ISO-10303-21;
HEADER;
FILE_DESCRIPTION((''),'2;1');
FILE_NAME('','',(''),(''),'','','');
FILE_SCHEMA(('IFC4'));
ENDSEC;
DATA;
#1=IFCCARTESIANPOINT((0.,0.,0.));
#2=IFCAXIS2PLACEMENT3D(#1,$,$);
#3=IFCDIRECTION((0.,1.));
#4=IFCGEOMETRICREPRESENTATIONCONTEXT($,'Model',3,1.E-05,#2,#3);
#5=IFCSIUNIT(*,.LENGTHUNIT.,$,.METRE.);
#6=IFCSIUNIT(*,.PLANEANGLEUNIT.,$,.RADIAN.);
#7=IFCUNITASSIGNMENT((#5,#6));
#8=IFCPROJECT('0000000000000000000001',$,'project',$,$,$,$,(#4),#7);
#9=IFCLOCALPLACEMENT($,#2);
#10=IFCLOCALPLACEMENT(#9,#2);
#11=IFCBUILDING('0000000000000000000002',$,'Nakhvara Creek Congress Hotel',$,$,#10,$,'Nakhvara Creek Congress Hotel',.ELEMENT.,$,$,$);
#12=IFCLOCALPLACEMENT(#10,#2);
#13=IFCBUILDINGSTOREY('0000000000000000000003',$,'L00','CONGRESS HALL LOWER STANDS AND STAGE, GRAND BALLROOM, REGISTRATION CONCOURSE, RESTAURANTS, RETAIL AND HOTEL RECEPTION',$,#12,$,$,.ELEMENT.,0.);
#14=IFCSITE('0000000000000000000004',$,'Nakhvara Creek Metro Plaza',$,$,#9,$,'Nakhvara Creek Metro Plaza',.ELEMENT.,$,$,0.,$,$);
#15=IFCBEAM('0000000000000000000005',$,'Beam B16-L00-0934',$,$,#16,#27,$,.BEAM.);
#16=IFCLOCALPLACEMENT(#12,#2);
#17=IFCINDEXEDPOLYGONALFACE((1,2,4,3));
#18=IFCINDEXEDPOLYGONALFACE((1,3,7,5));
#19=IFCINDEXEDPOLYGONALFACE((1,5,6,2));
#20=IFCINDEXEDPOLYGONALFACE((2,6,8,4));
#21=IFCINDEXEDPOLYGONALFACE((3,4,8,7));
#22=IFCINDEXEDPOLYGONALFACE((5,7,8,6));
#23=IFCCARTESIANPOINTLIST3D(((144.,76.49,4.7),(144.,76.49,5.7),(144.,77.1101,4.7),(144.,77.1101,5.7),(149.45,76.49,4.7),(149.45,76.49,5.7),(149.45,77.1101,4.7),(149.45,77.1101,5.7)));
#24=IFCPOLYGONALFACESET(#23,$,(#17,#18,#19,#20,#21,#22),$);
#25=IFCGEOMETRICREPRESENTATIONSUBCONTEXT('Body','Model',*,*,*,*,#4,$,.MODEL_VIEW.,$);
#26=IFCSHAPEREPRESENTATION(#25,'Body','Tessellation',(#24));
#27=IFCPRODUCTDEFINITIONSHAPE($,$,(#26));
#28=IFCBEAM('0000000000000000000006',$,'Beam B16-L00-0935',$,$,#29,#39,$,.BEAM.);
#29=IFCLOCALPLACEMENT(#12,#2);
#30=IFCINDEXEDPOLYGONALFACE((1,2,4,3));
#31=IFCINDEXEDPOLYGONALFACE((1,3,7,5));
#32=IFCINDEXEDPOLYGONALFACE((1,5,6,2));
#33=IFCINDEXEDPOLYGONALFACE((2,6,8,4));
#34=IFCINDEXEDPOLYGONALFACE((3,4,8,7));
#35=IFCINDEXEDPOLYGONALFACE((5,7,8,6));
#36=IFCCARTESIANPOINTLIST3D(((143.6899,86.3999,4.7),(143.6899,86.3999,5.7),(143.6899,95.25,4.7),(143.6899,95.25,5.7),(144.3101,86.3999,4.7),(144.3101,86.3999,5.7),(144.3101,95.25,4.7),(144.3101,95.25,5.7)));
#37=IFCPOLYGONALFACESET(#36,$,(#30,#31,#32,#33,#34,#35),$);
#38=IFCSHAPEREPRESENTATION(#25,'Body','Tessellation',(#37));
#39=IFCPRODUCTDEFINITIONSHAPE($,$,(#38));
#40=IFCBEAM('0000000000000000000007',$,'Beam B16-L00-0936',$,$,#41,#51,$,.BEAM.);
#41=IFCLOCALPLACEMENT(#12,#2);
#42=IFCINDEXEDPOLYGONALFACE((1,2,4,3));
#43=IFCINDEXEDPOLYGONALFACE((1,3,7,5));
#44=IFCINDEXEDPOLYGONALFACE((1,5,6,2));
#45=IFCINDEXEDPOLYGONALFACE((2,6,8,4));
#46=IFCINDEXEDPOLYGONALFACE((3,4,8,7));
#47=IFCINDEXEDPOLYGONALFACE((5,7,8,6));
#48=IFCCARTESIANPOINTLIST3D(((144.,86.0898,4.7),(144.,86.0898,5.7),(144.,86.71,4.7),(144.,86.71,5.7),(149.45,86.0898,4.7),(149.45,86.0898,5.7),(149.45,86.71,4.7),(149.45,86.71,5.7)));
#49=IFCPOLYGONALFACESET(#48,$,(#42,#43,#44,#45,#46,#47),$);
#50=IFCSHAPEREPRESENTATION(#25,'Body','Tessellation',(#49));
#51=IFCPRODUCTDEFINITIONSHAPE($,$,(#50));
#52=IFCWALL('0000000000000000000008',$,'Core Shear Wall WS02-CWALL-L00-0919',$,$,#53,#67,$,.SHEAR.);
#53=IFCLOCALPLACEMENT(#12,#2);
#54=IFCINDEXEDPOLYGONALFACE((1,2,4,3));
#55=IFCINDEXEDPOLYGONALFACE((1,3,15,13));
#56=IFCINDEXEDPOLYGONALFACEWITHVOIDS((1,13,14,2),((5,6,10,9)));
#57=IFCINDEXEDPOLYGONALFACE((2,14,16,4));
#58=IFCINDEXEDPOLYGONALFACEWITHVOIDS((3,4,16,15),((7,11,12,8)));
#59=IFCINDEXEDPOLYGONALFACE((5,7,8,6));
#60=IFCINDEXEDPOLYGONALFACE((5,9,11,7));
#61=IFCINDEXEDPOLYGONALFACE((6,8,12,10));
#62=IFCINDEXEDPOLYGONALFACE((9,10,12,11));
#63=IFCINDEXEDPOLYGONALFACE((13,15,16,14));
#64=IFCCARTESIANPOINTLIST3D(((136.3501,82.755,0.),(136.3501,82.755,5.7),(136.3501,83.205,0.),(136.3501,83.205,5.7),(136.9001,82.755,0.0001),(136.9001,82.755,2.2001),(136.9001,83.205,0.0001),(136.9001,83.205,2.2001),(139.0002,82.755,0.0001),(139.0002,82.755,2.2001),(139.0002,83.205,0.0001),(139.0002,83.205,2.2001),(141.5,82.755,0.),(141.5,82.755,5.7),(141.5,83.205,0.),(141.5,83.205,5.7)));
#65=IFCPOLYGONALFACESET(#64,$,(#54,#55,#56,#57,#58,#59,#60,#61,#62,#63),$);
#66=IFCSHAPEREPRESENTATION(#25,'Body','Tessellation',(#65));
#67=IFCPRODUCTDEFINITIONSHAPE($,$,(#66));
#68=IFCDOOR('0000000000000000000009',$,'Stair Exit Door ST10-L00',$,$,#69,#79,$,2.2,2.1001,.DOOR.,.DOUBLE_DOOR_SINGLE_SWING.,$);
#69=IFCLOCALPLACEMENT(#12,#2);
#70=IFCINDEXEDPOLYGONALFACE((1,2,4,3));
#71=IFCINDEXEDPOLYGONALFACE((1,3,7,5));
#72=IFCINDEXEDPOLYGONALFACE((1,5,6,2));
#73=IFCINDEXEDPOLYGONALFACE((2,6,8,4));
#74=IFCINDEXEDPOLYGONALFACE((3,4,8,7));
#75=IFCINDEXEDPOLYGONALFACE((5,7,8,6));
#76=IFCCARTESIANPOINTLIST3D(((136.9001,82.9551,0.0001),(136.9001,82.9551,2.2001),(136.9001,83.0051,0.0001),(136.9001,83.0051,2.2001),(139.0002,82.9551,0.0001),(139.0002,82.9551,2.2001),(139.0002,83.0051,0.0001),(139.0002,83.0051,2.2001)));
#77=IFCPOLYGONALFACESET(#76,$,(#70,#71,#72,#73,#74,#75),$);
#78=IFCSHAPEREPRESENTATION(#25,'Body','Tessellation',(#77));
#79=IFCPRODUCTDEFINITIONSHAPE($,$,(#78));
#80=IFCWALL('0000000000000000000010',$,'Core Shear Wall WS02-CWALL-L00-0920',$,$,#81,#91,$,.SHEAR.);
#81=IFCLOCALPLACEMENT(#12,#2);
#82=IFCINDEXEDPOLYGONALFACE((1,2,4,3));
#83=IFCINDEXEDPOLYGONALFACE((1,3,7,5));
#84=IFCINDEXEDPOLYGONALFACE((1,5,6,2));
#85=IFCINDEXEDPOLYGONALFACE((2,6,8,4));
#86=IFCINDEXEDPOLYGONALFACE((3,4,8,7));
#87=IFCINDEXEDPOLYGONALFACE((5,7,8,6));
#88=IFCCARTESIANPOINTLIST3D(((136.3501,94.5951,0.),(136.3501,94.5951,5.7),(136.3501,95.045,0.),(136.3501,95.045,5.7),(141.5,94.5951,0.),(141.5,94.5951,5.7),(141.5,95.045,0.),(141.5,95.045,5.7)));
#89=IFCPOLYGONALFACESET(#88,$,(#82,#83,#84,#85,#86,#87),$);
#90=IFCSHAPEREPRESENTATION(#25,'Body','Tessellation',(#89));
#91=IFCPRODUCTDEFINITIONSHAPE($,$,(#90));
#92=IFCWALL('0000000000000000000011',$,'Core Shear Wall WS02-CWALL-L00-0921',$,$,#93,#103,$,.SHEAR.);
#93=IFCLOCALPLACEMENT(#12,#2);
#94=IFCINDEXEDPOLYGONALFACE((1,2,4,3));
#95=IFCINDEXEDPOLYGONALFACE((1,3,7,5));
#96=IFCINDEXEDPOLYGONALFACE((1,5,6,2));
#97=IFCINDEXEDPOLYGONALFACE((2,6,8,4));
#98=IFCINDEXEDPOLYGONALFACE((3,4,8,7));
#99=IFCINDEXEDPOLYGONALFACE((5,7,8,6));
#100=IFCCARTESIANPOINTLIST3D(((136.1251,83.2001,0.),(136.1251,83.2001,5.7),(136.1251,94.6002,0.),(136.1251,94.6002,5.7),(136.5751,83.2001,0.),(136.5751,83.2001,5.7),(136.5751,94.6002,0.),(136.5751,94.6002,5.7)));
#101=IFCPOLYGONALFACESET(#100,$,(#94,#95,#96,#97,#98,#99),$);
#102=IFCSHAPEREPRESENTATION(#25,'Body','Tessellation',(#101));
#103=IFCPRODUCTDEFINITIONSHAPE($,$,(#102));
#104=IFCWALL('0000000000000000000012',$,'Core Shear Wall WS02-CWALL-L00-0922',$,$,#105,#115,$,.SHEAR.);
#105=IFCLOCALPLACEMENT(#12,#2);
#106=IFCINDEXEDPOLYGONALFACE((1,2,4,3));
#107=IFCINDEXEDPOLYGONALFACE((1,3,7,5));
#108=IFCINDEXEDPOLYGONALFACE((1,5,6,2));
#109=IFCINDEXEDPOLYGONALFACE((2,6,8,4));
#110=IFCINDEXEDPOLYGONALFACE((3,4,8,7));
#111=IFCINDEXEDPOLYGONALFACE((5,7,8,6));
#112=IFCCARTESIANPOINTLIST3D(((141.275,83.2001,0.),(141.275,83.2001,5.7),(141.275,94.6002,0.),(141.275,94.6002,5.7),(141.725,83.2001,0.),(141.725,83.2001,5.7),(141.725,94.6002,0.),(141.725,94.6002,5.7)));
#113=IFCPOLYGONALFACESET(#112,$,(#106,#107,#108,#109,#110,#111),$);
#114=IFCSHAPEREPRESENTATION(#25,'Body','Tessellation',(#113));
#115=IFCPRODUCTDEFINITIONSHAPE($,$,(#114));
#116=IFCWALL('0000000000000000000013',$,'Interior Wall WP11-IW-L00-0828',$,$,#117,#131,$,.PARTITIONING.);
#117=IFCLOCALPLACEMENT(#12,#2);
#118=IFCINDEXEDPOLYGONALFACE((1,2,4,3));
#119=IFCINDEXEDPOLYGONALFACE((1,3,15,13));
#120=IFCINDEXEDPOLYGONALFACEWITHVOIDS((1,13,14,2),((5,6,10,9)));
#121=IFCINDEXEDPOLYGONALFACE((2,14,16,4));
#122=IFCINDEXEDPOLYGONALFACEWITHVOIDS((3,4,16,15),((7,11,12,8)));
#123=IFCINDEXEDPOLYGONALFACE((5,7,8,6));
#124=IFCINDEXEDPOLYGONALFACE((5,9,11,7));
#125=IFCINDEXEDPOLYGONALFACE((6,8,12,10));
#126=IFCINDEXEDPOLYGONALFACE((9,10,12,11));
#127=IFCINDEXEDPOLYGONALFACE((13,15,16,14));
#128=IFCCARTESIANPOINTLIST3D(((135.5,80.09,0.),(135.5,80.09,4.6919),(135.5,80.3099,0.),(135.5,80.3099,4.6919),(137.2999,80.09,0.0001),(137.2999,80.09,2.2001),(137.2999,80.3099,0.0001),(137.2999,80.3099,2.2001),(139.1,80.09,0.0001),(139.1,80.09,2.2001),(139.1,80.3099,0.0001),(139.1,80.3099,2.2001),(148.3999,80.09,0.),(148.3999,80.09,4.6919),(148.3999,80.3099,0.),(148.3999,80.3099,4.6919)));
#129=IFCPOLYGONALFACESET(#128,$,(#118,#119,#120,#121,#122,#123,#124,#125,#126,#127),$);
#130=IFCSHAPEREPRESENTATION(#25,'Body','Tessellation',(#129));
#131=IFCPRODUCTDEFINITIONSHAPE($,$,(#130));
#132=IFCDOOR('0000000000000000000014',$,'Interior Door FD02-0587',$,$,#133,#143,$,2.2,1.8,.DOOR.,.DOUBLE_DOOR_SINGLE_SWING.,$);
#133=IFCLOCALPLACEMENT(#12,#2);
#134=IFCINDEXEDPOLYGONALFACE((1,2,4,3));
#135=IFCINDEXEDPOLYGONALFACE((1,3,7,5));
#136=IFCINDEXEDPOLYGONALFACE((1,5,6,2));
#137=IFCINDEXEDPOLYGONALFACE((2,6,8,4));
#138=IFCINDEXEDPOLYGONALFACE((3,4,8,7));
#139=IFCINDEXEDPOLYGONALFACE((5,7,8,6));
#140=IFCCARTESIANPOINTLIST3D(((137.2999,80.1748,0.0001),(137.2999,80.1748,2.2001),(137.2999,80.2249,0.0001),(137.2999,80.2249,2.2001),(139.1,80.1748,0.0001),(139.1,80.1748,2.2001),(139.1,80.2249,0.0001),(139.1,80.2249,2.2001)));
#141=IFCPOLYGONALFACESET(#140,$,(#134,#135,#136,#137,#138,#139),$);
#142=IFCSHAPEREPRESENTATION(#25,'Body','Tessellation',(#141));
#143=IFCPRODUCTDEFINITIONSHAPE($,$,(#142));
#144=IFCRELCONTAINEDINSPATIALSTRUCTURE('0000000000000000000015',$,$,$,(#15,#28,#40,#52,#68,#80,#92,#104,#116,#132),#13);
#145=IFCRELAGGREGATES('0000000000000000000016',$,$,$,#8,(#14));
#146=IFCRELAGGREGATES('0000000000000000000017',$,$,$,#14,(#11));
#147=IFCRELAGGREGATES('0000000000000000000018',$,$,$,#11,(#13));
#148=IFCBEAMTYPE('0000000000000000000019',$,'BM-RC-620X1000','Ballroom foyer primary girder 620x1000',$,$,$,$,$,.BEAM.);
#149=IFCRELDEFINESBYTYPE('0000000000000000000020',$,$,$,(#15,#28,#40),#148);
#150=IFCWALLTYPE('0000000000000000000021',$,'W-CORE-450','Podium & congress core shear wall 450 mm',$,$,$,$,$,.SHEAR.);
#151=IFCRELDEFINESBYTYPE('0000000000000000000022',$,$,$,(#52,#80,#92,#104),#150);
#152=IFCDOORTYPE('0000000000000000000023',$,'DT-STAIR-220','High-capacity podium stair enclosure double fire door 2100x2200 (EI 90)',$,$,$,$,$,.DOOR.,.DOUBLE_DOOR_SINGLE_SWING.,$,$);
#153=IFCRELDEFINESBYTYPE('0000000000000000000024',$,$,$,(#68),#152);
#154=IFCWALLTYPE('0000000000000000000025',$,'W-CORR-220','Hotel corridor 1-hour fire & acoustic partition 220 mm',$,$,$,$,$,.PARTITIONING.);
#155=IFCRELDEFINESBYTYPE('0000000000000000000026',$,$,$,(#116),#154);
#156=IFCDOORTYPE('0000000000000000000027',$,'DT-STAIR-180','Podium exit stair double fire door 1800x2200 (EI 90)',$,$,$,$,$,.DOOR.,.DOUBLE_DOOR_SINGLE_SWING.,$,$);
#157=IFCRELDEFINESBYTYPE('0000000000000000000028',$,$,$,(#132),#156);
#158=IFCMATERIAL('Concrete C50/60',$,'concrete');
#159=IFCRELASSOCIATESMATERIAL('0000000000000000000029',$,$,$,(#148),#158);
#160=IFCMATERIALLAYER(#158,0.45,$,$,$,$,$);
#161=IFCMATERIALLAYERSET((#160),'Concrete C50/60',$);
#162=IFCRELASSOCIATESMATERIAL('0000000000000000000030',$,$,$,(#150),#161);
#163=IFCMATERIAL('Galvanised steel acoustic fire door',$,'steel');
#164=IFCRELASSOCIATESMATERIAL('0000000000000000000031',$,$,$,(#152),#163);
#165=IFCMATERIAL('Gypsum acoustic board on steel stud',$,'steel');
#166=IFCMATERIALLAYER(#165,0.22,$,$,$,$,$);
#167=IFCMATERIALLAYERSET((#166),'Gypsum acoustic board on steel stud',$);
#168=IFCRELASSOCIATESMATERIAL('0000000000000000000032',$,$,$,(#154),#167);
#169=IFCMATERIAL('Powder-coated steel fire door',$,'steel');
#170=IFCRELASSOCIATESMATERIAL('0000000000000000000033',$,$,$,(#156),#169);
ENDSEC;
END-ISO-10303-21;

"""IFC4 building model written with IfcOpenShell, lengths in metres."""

from ifc_helpers import new_model, si_unit, direction, frame, frame_2d, origin, origin_2d, place, context, subcontext, project, spatial, rectangle, extrude, material, layer, layer_set, material_profile, profile_set, type_object, element, fill, save


model = new_model("IFC4")

# Units and contexts
model_context = context("Model", 3, precision=1e-05, world=origin(), true_north=direction((0.0, 1.0)))
body_context = subcontext(model_context, "Body", "Model", "MODEL_VIEW")
ifc_project = project(units=[si_unit("LENGTHUNIT", "METRE"), si_unit("PLANEANGLEUNIT", "RADIAN")], contexts=[model_context])

# Site, building, storey
site_placement = place(None, origin())
site = spatial("IfcSite", under=ifc_project, at=site_placement, Name="Nakhvara Creek Metro Plaza", LongName="Nakhvara Creek Metro Plaza", CompositionType="ELEMENT", RefElevation=0.0)
building_placement = place(site_placement, origin())
building = spatial("IfcBuilding", under=site, at=building_placement, Name="Nakhvara Creek Congress Hotel", LongName="Nakhvara Creek Congress Hotel", CompositionType="ELEMENT")
storey_placement = place(building_placement, origin())
storey = spatial("IfcBuildingStorey", under=building, at=storey_placement, Name="L00", Description="CONGRESS HALL LOWER STANDS AND STAGE, GRAND BALLROOM, REGISTRATION CONCOURSE, RESTAURANTS, RETAIL AND HOTEL RECEPTION", CompositionType="ELEMENT", Elevation=0.0)

# Shared definitions
ifc_material_1 = material(Name="Concrete C50/60", Category="concrete")

# Beams
ifc_material_profile_1 = material_profile(ifc_material_1, rectangle(XDim=0.6201, YDim=1.0, at=origin_2d()), Name="RC-BM 620x1000", Category="LoadBearing")
ifc_profile_set_1 = profile_set([ifc_material_profile_1], Name="Concrete C50/60")
beam_type_1 = type_object("IfcBeamType", Name="BM-RC-620X1000", Description="Ballroom foyer primary girder 620x1000", PredefinedType="BEAM", material=ifc_profile_set_1)
beam_1_placement = place(storey_placement, frame((144.0, 76.8, 5.2), z_axis=(1.0, 0.0, 0.0), x_axis=(0.0, 1.0, 0.0)))
element("IfcBeam", 1, at=beam_1_placement, inside=storey, type_object=beam_type_1, Name="Beam B16-L00-0934", PredefinedType="BEAM", context=body_context, shape_type="SweptSolid", body=[
    extrude(rectangle(XDim=0.6201, YDim=1.0, at=origin_2d()), origin(), (0.0, 0.0, 1.0), 5.45),
])
beam_2_placement = place(storey_placement, frame((144.0, 86.3999, 5.2), z_axis=(0.0, 1.0, 0.0), x_axis=(-1.0, 0.0, 0.0)))
element("IfcBeam", 2, at=beam_2_placement, inside=storey, type_object=beam_type_1, Name="Beam B16-L00-0935", PredefinedType="BEAM", context=body_context, shape_type="SweptSolid", body=[
    extrude(rectangle(XDim=0.6201, YDim=1.0, at=origin_2d()), origin(), (0.0, 0.0, 1.0), 8.8501),
])
beam_3_placement = place(storey_placement, frame((144.0, 86.3999, 5.2), z_axis=(1.0, 0.0, 0.0), x_axis=(0.0, 1.0, 0.0)))
element("IfcBeam", 3, at=beam_3_placement, inside=storey, type_object=beam_type_1, Name="Beam B16-L00-0936", PredefinedType="BEAM", context=body_context, shape_type="SweptSolid", body=[
    extrude(rectangle(XDim=0.6201, YDim=1.0, at=origin_2d()), origin(), (0.0, 0.0, 1.0), 5.45),
])

# Wall, opening, door
ifc_layer_1 = layer(ifc_material_1, 0.45)
ifc_layer_set_1 = layer_set([ifc_layer_1], Name="Concrete C50/60")
wall_type_1 = type_object("IfcWallType", Name="W-CORE-450", Description="Podium & congress core shear wall 450 mm", PredefinedType="SHEAR", material=ifc_layer_set_1)
wall_1_placement = place(storey_placement, frame((136.3501, 82.98, 0.0), z_axis=(0.0, 0.0, 1.0), x_axis=(1.0, 0.0, 0.0)))
wall_1 = element("IfcWall", 4, at=wall_1_placement, inside=storey, type_object=wall_type_1, Name="Core Shear Wall WS02-CWALL-L00-0919", PredefinedType="SHEAR", context=body_context, shape_type="SweptSolid", body=[
    extrude(rectangle(XDim=5.1499, YDim=0.45, at=frame_2d((2.575, 0.0))), origin(), (0.0, 0.0, 1.0), 5.7),
])
opening_1_placement = place(wall_1_placement, frame((0.55, 0.0, 0.0)))
opening_1 = element("IfcOpeningElement", 5, at=opening_1_placement, cuts=wall_1, PredefinedType="OPENING", context=body_context, shape_type="SweptSolid", body=[
    extrude(rectangle(XDim=2.1001, YDim=2.2, at=frame_2d((1.05, 1.1001))), frame((0.0, 0.2368, 0.0), z_axis=(0.0, -1.0, 0.0), x_axis=(1.0, 0.0, 0.0)), (0.0, 0.0, 1.0), 0.4739),
])
ifc_material_2 = material(Name="Galvanised steel acoustic fire door", Category="steel")
door_type_1 = type_object("IfcDoorType", Name="DT-STAIR-220", Description="High-capacity podium stair enclosure double fire door 2100x2200 (EI 90)", OperationType="DOUBLE_DOOR_SINGLE_SWING", PredefinedType="DOOR", material=ifc_material_2)
door_1_placement = place(opening_1_placement, frame((2.1001, 0.0, 0.0), z_axis=(0.0, 0.0, 1.0), x_axis=(-1.0, 0.0, 0.0)))
door_1 = element("IfcDoor", 6, at=door_1_placement, inside=storey, type_object=door_type_1, Name="Stair Exit Door ST10-L00", OperationType="DOUBLE_DOOR_SINGLE_SWING", OverallHeight=2.2, OverallWidth=2.1001, PredefinedType="DOOR", context=body_context, shape_type="SweptSolid", body=[
    extrude(rectangle(XDim=2.1001, YDim=2.2, at=frame_2d((1.05, 1.1001))), frame((0.0, 0.0249, 0.0), z_axis=(0.0, -1.0, 0.0), x_axis=(1.0, 0.0, 0.0)), (0.0, 0.0, 1.0), 0.05),
])
fill(opening_1, door_1)

# Walls
wall_2_placement = place(storey_placement, frame((136.3501, 94.8201, 0.0), z_axis=(0.0, 0.0, 1.0), x_axis=(1.0, 0.0, 0.0)))
element("IfcWall", 7, at=wall_2_placement, inside=storey, type_object=wall_type_1, Name="Core Shear Wall WS02-CWALL-L00-0920", PredefinedType="SHEAR", context=body_context, shape_type="SweptSolid", body=[
    extrude(rectangle(XDim=5.1499, YDim=0.45, at=frame_2d((2.575, 0.0))), origin(), (0.0, 0.0, 1.0), 5.7),
])
for number, where, z_axis, x_axis, name in (
    (8, (136.3501, 83.2, 0.0), (0.0, 0.0, 1.0), (0.0, 1.0, 0.0), "Core Shear Wall WS02-CWALL-L00-0921"),
    (9, (141.5, 83.2, 0.0), (0.0, 0.0, 1.0), (0.0, 1.0, 0.0), "Core Shear Wall WS02-CWALL-L00-0922"),
):
    element("IfcWall", number, at=place(storey_placement, frame(where, z_axis=z_axis, x_axis=x_axis)), inside=storey, type_object=wall_type_1, Name=name, PredefinedType="SHEAR", context=body_context, shape_type="SweptSolid", body=[
        extrude(rectangle(XDim=11.4001, YDim=0.45, at=frame_2d((5.7002, 0.0))), origin(), (0.0, 0.0, 1.0), 5.7),
    ])

# Wall, opening, door
ifc_material_3 = material(Name="Gypsum acoustic board on steel stud", Category="steel")
ifc_layer_2 = layer(ifc_material_3, 0.22)
ifc_layer_set_2 = layer_set([ifc_layer_2], Name="Gypsum acoustic board on steel stud")
wall_type_2 = type_object("IfcWallType", Name="W-CORR-220", Description="Hotel corridor 1-hour fire & acoustic partition 220 mm", PredefinedType="PARTITIONING", material=ifc_layer_set_2)
wall_3_placement = place(storey_placement, frame((135.5, 80.2, 0.0), z_axis=(0.0, 0.0, 1.0), x_axis=(1.0, 0.0, 0.0)))
wall_3 = element("IfcWall", 10, at=wall_3_placement, inside=storey, type_object=wall_type_2, Name="Interior Wall WP11-IW-L00-0828", PredefinedType="PARTITIONING", context=body_context, shape_type="SweptSolid", body=[
    extrude(rectangle(XDim=12.8999, YDim=0.22, at=frame_2d((6.45, 0.0))), origin(), (0.0, 0.0, 1.0), 4.6919),
])
opening_2_placement = place(wall_3_placement, frame((1.8, 0.0, 0.0)))
opening_2 = element("IfcOpeningElement", 11, at=opening_2_placement, cuts=wall_3, PredefinedType="OPENING", context=body_context, shape_type="SweptSolid", body=[
    extrude(rectangle(XDim=1.8, YDim=2.2, at=frame_2d((0.8999, 1.1001))), frame((0.0, 0.1221, 0.0), z_axis=(0.0, -1.0, 0.0), x_axis=(1.0, 0.0, 0.0)), (0.0, 0.0, 1.0), 0.2439),
])
ifc_material_4 = material(Name="Powder-coated steel fire door", Category="steel")
door_type_2 = type_object("IfcDoorType", Name="DT-STAIR-180", Description="Podium exit stair double fire door 1800x2200 (EI 90)", OperationType="DOUBLE_DOOR_SINGLE_SWING", PredefinedType="DOOR", material=ifc_material_4)
door_2_placement = place(opening_2_placement, origin())
door_2 = element("IfcDoor", 12, at=door_2_placement, inside=storey, type_object=door_type_2, Name="Interior Door FD02-0587", OperationType="DOUBLE_DOOR_SINGLE_SWING", OverallHeight=2.2, OverallWidth=1.8, PredefinedType="DOOR", context=body_context, shape_type="SweptSolid", body=[
    extrude(rectangle(XDim=1.8, YDim=2.2, at=frame_2d((0.8999, 1.1001))), frame((0.0, 0.0249, 0.0), z_axis=(0.0, -1.0, 0.0), x_axis=(1.0, 0.0, 0.0)), (0.0, 0.0, 1.0), 0.05),
])
fill(opening_2, door_2)

save(model, "model.ifc")
